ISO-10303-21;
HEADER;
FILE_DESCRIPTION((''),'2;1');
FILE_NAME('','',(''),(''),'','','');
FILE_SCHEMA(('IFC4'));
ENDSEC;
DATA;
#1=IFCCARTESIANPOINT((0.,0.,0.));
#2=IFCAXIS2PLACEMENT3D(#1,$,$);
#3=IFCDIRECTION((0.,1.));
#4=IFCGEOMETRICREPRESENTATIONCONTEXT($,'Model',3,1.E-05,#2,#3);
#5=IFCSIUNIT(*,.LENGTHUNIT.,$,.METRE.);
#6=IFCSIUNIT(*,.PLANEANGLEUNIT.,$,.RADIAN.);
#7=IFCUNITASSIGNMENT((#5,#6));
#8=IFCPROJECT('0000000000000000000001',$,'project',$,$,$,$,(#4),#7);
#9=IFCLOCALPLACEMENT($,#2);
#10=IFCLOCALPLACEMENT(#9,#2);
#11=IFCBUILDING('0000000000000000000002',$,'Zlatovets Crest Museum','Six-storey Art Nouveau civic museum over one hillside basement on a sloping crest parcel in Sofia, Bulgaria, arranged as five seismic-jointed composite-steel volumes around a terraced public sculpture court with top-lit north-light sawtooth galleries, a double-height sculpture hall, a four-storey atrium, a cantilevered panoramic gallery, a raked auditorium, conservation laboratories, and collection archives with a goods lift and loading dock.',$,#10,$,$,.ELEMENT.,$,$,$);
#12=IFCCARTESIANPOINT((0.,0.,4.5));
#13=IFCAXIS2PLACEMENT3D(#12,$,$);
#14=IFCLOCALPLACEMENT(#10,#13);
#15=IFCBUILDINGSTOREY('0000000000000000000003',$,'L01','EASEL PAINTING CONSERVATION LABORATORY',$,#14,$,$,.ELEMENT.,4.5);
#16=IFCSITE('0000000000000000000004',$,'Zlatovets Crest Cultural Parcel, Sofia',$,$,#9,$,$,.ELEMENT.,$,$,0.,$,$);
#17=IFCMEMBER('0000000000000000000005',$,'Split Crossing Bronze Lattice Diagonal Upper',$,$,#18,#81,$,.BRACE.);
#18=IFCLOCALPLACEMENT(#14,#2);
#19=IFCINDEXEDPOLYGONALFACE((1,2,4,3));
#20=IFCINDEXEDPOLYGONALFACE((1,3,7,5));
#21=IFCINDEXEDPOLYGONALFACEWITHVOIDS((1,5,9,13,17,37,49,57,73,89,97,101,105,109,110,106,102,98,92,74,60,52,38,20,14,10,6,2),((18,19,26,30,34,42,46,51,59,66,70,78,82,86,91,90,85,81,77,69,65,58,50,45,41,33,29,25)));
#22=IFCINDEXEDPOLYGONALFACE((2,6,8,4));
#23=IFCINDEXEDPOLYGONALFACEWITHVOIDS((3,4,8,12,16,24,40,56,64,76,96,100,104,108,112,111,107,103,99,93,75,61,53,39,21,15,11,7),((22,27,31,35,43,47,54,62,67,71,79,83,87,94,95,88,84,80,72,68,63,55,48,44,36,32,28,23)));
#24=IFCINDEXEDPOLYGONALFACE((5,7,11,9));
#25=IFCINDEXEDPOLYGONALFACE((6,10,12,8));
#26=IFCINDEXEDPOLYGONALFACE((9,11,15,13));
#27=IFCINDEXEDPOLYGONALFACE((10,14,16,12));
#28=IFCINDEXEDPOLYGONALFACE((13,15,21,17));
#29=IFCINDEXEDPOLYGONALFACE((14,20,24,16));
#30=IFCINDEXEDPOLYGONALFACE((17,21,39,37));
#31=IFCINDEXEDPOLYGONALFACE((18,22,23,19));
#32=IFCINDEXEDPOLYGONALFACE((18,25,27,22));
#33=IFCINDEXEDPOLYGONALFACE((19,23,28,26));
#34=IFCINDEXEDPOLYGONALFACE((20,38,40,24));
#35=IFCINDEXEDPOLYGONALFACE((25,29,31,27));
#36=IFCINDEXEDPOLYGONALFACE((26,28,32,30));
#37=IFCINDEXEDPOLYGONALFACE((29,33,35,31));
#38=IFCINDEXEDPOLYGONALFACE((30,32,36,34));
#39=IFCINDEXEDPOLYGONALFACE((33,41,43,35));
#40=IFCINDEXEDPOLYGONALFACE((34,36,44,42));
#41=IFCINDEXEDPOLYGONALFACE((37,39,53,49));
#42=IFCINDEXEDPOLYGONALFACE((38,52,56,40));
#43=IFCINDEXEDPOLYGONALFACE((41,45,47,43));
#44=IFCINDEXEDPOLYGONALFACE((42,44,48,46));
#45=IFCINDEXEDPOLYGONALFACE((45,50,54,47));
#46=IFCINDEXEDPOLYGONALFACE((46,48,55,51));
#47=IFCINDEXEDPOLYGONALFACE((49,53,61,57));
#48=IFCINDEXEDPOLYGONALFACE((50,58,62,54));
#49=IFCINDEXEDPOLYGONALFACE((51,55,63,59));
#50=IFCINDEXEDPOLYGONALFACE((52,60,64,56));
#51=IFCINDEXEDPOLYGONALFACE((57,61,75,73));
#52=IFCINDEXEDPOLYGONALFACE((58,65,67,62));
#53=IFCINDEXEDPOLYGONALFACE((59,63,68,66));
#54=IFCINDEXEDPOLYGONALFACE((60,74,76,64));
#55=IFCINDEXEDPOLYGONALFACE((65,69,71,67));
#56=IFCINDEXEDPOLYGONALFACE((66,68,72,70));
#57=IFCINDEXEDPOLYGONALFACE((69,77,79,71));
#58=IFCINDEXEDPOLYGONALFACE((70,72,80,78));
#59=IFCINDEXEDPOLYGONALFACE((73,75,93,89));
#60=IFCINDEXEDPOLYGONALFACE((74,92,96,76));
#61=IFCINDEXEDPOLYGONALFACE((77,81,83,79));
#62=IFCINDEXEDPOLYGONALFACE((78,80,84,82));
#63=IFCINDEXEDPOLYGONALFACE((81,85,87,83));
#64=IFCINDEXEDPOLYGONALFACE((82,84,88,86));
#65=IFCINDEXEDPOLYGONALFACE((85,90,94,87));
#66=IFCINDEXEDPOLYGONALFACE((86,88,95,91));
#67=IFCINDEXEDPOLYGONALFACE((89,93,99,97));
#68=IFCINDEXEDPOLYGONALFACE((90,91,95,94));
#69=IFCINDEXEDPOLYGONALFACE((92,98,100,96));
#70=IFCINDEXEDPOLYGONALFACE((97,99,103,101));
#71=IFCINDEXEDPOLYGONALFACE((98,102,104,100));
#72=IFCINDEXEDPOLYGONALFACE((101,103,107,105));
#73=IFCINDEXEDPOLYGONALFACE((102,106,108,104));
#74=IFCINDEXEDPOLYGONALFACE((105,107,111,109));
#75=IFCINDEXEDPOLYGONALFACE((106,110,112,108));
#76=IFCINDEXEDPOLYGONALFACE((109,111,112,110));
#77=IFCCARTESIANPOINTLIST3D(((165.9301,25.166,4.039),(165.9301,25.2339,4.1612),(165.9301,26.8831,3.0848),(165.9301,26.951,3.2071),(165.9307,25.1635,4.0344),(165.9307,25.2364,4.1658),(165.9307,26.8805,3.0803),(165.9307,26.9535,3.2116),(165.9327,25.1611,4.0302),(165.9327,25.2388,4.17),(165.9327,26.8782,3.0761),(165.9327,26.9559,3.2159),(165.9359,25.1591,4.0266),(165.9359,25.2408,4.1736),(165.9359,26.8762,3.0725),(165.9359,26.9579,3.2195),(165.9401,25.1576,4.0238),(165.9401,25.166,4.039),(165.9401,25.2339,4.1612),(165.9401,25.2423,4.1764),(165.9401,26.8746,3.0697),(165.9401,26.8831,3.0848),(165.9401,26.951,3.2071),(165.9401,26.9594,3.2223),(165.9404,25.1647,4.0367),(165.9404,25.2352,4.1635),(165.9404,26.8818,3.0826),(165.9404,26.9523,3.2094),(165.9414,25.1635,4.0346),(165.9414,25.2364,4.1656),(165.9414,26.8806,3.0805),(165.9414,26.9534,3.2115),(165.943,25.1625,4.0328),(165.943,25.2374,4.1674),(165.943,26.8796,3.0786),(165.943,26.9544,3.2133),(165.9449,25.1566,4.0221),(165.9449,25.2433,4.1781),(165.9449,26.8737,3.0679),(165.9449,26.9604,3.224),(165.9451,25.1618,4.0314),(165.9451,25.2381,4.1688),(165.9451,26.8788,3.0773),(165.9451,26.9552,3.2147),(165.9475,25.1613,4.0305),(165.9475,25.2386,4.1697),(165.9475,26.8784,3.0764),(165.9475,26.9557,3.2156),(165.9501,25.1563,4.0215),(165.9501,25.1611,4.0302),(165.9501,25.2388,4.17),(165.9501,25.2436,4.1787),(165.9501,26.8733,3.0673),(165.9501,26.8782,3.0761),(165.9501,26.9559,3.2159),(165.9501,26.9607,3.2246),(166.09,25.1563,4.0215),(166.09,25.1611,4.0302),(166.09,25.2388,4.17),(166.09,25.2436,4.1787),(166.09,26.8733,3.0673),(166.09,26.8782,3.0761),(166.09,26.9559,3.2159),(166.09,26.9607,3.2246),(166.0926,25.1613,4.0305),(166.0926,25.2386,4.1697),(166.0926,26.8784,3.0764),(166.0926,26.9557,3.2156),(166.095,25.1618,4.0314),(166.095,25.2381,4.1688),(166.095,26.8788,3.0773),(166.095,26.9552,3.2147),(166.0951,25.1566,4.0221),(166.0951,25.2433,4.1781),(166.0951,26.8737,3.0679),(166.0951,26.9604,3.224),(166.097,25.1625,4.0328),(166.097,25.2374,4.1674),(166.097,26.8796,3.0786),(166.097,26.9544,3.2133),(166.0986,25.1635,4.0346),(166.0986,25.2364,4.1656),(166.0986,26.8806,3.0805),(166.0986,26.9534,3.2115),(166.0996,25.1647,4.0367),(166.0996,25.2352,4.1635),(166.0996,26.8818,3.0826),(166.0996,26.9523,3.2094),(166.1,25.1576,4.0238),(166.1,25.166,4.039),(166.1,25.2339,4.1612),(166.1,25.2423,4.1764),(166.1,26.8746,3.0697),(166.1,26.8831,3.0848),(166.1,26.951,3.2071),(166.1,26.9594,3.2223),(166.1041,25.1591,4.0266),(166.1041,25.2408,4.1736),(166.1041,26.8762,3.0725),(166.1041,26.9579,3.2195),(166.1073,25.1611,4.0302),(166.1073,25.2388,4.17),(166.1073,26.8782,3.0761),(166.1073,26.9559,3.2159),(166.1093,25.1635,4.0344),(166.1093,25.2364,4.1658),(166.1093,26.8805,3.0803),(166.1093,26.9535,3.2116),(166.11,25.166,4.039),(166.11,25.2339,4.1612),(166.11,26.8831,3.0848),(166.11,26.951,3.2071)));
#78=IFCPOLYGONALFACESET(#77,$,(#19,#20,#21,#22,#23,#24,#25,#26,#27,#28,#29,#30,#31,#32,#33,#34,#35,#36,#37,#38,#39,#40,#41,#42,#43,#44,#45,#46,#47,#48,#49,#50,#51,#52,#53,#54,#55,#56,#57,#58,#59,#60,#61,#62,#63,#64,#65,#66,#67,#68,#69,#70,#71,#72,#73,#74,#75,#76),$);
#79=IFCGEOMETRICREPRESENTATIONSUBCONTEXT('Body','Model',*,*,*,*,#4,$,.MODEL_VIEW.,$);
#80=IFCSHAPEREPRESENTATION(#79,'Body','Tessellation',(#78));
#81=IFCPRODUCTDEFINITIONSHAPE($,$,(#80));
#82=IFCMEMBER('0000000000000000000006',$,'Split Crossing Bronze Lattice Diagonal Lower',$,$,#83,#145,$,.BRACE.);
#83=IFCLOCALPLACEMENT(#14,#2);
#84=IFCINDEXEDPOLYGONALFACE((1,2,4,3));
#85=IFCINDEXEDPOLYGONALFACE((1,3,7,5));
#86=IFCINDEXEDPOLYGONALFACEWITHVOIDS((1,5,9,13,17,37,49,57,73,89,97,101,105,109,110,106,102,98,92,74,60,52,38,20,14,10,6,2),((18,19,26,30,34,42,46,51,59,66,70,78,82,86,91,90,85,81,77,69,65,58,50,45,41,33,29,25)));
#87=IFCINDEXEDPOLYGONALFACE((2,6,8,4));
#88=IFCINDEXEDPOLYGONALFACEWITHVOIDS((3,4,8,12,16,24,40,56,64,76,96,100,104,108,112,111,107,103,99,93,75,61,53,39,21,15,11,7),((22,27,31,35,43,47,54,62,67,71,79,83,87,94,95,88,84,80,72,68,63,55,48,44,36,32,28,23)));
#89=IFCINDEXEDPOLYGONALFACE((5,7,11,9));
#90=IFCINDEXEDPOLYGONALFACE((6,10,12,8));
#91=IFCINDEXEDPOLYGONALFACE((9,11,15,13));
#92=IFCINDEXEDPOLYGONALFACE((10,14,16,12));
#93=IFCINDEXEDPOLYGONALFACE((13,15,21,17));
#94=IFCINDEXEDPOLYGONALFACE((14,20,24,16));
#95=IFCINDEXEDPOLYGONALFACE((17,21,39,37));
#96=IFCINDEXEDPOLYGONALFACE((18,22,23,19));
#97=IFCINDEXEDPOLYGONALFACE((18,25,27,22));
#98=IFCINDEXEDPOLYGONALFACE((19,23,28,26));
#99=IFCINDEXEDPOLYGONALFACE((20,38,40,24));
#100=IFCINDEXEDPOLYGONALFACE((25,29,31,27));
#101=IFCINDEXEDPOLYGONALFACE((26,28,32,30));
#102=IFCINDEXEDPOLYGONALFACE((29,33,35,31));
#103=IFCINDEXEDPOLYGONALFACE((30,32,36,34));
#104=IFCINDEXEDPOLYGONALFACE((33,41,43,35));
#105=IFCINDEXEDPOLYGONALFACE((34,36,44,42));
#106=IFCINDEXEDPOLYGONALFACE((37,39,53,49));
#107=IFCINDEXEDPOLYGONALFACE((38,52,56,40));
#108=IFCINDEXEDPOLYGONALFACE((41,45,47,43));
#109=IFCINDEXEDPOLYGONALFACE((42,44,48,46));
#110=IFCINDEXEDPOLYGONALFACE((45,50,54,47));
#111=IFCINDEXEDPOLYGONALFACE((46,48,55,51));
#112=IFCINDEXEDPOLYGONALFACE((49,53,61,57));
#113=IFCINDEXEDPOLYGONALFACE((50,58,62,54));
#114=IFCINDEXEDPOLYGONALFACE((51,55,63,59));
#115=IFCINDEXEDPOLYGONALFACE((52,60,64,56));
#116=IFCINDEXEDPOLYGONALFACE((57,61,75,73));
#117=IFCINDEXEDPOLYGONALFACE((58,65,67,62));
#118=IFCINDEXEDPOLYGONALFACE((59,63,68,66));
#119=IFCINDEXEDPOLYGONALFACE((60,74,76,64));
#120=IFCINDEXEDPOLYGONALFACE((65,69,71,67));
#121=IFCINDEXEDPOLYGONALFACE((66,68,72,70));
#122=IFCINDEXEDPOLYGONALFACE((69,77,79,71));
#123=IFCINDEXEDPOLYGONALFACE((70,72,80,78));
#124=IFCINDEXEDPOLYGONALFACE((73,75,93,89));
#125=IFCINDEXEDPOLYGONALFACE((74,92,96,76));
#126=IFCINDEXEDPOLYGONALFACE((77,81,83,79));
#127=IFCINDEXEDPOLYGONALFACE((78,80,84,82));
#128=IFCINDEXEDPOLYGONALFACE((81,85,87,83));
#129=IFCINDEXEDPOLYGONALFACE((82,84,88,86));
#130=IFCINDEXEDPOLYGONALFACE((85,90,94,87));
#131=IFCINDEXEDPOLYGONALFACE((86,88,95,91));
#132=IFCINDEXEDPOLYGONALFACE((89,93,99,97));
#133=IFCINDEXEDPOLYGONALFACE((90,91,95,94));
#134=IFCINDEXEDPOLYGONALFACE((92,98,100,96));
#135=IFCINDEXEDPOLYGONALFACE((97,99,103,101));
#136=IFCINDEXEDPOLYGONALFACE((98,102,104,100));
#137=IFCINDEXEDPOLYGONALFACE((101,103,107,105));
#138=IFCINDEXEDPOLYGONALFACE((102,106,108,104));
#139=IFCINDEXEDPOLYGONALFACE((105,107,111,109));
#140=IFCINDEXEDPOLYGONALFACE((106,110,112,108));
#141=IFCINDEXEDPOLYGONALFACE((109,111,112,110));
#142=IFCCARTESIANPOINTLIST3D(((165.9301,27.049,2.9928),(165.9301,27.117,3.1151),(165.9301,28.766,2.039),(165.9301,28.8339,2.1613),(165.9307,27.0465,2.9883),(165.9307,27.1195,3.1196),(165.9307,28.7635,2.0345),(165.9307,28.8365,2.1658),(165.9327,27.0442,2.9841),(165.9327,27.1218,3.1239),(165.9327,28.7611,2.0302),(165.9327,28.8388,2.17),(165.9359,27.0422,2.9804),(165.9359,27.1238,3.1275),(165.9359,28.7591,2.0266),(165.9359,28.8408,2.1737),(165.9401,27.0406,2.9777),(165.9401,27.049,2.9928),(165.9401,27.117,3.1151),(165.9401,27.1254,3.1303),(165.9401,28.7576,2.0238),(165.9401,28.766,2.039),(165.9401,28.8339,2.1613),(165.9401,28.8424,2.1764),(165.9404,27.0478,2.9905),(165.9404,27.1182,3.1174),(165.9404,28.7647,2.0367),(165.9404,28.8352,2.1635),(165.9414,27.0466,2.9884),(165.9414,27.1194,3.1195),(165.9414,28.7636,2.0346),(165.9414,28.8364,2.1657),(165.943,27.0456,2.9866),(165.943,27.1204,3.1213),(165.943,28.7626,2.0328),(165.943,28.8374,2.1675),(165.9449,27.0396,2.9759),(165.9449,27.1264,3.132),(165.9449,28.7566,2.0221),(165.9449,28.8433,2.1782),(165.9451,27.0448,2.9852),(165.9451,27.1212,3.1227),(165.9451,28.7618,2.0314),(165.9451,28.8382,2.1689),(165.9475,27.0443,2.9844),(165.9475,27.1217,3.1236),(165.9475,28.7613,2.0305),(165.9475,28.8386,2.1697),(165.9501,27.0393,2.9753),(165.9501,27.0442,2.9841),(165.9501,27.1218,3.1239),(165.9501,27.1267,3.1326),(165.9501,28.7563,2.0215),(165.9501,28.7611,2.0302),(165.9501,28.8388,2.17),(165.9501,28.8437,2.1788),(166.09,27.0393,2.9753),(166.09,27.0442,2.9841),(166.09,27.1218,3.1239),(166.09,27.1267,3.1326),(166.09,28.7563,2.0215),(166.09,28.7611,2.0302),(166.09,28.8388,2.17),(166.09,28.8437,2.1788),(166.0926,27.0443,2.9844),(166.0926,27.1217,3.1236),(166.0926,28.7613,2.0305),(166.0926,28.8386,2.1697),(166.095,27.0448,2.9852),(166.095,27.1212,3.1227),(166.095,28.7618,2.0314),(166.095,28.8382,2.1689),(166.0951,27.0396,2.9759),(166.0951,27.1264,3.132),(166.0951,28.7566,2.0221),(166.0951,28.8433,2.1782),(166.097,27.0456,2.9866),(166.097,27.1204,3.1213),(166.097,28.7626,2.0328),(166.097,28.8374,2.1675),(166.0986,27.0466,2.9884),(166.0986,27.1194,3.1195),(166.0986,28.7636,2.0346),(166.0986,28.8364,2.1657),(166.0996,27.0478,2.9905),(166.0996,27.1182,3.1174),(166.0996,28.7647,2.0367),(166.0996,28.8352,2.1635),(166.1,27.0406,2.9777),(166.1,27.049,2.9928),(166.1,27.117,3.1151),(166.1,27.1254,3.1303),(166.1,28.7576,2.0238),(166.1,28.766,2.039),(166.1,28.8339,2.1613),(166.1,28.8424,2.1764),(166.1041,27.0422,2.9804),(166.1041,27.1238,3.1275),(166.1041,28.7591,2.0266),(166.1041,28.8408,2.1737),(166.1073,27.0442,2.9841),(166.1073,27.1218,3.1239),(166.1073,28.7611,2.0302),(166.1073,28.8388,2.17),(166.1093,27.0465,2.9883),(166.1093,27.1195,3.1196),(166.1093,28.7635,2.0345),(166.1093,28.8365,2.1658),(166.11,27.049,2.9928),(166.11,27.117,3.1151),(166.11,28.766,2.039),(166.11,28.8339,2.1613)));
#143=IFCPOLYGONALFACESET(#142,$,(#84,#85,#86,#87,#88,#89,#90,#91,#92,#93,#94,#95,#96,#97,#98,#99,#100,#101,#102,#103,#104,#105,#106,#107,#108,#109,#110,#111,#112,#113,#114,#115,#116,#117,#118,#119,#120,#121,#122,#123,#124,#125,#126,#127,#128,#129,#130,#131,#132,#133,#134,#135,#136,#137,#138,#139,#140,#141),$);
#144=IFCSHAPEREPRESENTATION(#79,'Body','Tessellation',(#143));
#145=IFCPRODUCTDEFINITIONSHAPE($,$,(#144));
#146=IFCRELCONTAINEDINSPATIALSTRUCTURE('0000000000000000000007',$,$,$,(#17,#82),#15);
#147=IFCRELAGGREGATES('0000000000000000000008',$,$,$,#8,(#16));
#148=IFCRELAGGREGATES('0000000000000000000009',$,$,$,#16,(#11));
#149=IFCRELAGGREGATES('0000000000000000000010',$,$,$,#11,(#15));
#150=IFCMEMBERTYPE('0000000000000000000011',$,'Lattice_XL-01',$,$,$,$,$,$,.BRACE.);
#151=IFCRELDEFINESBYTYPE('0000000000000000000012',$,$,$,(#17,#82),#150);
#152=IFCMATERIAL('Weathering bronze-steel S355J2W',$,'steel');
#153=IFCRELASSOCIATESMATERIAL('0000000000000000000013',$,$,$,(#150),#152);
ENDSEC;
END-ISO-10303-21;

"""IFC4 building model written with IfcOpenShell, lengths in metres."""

from ifc_helpers import new_model, si_unit, direction, frame, origin, origin_2d, place, context, subcontext, project, spatial, hollow_rectangle, extrude, material, material_profile, profile_set, type_object, element, save


model = new_model("IFC4")

# Units and contexts
model_context = context("Model", 3, precision=1e-05, world=origin(), true_north=direction((0.0, 1.0)))
body_context = subcontext(model_context, "Body", "Model", "MODEL_VIEW")
ifc_project = project(units=[si_unit("LENGTHUNIT", "METRE"), si_unit("PLANEANGLEUNIT", "RADIAN")], contexts=[model_context])

# Site, building, storey
site_placement = place(None, origin())
site = spatial("IfcSite", under=ifc_project, at=site_placement, Name="Zlatovets Crest Cultural Parcel, Sofia", CompositionType="ELEMENT", RefElevation=0.0)
building_placement = place(site_placement, origin())
building = spatial("IfcBuilding", under=site, at=building_placement, Name="Zlatovets Crest Museum", Description="Six-storey Art Nouveau civic museum over one hillside basement on a sloping crest parcel in Sofia, Bulgaria, arranged as five seismic-jointed composite-steel volumes around a terraced public sculpture court with top-lit north-light sawtooth galleries, a double-height sculpture hall, a four-storey atrium, a cantilevered panoramic gallery, a raked auditorium, conservation laboratories, and collection archives with a goods lift and loading dock.", CompositionType="ELEMENT")
storey_placement = place(building_placement, frame((0.0, 0.0, 4.5)))
storey = spatial("IfcBuildingStorey", under=building, at=storey_placement, Name="L01", Description="EASEL PAINTING CONSERVATION LABORATORY", CompositionType="ELEMENT", Elevation=4.5)

# Members
ifc_material_1 = material(Name="Weathering bronze-steel S355J2W", Category="steel")
ifc_material_profile_1 = material_profile(ifc_material_1, hollow_rectangle(XDim=0.1799, YDim=0.1799, WallThickness=0.01, InnerFilletRadius=0.01, OuterFilletRadius=0.02, at=origin_2d()), Name="SHS 180x180x10.0")
ifc_profile_set_1 = profile_set([ifc_material_profile_1], Name="Weathering bronze-steel S355J2W")
member_type_1 = type_object("IfcMemberType", Name="Lattice_XL-01", PredefinedType="BRACE", material=ifc_profile_set_1)
member_1_placement = place(storey_placement, frame((166.02, 25.2, 4.1001), z_axis=(0.0, 0.874116, -0.485717), x_axis=(-1.0, 0.0, 0.0)))
element("IfcMember", 1, at=member_1_placement, inside=storey, type_object=member_type_1, Name="Split Crossing Bronze Lattice Diagonal Upper", PredefinedType="BRACE", context=body_context, shape_type="SweptSolid", body=[
    extrude(hollow_rectangle(XDim=0.1799, YDim=0.1799, WallThickness=0.01, InnerFilletRadius=0.01, OuterFilletRadius=0.02, at=origin_2d()), origin(), (0.0, 0.0, 1.0), 1.9644),
])
member_2_placement = place(storey_placement, frame((166.02, 27.083, 3.054), z_axis=(0.0, 0.874169, -0.485622), x_axis=(-1.0, 0.0, 0.0)))
element("IfcMember", 2, at=member_2_placement, inside=storey, type_object=member_type_1, Name="Split Crossing Bronze Lattice Diagonal Lower", PredefinedType="BRACE", context=body_context, shape_type="SweptSolid", body=[
    extrude(hollow_rectangle(XDim=0.1799, YDim=0.1799, WallThickness=0.01, InnerFilletRadius=0.01, OuterFilletRadius=0.02, at=origin_2d()), origin(), (0.0, 0.0, 1.0), 1.9641),
])

save(model, "model.ifc")
